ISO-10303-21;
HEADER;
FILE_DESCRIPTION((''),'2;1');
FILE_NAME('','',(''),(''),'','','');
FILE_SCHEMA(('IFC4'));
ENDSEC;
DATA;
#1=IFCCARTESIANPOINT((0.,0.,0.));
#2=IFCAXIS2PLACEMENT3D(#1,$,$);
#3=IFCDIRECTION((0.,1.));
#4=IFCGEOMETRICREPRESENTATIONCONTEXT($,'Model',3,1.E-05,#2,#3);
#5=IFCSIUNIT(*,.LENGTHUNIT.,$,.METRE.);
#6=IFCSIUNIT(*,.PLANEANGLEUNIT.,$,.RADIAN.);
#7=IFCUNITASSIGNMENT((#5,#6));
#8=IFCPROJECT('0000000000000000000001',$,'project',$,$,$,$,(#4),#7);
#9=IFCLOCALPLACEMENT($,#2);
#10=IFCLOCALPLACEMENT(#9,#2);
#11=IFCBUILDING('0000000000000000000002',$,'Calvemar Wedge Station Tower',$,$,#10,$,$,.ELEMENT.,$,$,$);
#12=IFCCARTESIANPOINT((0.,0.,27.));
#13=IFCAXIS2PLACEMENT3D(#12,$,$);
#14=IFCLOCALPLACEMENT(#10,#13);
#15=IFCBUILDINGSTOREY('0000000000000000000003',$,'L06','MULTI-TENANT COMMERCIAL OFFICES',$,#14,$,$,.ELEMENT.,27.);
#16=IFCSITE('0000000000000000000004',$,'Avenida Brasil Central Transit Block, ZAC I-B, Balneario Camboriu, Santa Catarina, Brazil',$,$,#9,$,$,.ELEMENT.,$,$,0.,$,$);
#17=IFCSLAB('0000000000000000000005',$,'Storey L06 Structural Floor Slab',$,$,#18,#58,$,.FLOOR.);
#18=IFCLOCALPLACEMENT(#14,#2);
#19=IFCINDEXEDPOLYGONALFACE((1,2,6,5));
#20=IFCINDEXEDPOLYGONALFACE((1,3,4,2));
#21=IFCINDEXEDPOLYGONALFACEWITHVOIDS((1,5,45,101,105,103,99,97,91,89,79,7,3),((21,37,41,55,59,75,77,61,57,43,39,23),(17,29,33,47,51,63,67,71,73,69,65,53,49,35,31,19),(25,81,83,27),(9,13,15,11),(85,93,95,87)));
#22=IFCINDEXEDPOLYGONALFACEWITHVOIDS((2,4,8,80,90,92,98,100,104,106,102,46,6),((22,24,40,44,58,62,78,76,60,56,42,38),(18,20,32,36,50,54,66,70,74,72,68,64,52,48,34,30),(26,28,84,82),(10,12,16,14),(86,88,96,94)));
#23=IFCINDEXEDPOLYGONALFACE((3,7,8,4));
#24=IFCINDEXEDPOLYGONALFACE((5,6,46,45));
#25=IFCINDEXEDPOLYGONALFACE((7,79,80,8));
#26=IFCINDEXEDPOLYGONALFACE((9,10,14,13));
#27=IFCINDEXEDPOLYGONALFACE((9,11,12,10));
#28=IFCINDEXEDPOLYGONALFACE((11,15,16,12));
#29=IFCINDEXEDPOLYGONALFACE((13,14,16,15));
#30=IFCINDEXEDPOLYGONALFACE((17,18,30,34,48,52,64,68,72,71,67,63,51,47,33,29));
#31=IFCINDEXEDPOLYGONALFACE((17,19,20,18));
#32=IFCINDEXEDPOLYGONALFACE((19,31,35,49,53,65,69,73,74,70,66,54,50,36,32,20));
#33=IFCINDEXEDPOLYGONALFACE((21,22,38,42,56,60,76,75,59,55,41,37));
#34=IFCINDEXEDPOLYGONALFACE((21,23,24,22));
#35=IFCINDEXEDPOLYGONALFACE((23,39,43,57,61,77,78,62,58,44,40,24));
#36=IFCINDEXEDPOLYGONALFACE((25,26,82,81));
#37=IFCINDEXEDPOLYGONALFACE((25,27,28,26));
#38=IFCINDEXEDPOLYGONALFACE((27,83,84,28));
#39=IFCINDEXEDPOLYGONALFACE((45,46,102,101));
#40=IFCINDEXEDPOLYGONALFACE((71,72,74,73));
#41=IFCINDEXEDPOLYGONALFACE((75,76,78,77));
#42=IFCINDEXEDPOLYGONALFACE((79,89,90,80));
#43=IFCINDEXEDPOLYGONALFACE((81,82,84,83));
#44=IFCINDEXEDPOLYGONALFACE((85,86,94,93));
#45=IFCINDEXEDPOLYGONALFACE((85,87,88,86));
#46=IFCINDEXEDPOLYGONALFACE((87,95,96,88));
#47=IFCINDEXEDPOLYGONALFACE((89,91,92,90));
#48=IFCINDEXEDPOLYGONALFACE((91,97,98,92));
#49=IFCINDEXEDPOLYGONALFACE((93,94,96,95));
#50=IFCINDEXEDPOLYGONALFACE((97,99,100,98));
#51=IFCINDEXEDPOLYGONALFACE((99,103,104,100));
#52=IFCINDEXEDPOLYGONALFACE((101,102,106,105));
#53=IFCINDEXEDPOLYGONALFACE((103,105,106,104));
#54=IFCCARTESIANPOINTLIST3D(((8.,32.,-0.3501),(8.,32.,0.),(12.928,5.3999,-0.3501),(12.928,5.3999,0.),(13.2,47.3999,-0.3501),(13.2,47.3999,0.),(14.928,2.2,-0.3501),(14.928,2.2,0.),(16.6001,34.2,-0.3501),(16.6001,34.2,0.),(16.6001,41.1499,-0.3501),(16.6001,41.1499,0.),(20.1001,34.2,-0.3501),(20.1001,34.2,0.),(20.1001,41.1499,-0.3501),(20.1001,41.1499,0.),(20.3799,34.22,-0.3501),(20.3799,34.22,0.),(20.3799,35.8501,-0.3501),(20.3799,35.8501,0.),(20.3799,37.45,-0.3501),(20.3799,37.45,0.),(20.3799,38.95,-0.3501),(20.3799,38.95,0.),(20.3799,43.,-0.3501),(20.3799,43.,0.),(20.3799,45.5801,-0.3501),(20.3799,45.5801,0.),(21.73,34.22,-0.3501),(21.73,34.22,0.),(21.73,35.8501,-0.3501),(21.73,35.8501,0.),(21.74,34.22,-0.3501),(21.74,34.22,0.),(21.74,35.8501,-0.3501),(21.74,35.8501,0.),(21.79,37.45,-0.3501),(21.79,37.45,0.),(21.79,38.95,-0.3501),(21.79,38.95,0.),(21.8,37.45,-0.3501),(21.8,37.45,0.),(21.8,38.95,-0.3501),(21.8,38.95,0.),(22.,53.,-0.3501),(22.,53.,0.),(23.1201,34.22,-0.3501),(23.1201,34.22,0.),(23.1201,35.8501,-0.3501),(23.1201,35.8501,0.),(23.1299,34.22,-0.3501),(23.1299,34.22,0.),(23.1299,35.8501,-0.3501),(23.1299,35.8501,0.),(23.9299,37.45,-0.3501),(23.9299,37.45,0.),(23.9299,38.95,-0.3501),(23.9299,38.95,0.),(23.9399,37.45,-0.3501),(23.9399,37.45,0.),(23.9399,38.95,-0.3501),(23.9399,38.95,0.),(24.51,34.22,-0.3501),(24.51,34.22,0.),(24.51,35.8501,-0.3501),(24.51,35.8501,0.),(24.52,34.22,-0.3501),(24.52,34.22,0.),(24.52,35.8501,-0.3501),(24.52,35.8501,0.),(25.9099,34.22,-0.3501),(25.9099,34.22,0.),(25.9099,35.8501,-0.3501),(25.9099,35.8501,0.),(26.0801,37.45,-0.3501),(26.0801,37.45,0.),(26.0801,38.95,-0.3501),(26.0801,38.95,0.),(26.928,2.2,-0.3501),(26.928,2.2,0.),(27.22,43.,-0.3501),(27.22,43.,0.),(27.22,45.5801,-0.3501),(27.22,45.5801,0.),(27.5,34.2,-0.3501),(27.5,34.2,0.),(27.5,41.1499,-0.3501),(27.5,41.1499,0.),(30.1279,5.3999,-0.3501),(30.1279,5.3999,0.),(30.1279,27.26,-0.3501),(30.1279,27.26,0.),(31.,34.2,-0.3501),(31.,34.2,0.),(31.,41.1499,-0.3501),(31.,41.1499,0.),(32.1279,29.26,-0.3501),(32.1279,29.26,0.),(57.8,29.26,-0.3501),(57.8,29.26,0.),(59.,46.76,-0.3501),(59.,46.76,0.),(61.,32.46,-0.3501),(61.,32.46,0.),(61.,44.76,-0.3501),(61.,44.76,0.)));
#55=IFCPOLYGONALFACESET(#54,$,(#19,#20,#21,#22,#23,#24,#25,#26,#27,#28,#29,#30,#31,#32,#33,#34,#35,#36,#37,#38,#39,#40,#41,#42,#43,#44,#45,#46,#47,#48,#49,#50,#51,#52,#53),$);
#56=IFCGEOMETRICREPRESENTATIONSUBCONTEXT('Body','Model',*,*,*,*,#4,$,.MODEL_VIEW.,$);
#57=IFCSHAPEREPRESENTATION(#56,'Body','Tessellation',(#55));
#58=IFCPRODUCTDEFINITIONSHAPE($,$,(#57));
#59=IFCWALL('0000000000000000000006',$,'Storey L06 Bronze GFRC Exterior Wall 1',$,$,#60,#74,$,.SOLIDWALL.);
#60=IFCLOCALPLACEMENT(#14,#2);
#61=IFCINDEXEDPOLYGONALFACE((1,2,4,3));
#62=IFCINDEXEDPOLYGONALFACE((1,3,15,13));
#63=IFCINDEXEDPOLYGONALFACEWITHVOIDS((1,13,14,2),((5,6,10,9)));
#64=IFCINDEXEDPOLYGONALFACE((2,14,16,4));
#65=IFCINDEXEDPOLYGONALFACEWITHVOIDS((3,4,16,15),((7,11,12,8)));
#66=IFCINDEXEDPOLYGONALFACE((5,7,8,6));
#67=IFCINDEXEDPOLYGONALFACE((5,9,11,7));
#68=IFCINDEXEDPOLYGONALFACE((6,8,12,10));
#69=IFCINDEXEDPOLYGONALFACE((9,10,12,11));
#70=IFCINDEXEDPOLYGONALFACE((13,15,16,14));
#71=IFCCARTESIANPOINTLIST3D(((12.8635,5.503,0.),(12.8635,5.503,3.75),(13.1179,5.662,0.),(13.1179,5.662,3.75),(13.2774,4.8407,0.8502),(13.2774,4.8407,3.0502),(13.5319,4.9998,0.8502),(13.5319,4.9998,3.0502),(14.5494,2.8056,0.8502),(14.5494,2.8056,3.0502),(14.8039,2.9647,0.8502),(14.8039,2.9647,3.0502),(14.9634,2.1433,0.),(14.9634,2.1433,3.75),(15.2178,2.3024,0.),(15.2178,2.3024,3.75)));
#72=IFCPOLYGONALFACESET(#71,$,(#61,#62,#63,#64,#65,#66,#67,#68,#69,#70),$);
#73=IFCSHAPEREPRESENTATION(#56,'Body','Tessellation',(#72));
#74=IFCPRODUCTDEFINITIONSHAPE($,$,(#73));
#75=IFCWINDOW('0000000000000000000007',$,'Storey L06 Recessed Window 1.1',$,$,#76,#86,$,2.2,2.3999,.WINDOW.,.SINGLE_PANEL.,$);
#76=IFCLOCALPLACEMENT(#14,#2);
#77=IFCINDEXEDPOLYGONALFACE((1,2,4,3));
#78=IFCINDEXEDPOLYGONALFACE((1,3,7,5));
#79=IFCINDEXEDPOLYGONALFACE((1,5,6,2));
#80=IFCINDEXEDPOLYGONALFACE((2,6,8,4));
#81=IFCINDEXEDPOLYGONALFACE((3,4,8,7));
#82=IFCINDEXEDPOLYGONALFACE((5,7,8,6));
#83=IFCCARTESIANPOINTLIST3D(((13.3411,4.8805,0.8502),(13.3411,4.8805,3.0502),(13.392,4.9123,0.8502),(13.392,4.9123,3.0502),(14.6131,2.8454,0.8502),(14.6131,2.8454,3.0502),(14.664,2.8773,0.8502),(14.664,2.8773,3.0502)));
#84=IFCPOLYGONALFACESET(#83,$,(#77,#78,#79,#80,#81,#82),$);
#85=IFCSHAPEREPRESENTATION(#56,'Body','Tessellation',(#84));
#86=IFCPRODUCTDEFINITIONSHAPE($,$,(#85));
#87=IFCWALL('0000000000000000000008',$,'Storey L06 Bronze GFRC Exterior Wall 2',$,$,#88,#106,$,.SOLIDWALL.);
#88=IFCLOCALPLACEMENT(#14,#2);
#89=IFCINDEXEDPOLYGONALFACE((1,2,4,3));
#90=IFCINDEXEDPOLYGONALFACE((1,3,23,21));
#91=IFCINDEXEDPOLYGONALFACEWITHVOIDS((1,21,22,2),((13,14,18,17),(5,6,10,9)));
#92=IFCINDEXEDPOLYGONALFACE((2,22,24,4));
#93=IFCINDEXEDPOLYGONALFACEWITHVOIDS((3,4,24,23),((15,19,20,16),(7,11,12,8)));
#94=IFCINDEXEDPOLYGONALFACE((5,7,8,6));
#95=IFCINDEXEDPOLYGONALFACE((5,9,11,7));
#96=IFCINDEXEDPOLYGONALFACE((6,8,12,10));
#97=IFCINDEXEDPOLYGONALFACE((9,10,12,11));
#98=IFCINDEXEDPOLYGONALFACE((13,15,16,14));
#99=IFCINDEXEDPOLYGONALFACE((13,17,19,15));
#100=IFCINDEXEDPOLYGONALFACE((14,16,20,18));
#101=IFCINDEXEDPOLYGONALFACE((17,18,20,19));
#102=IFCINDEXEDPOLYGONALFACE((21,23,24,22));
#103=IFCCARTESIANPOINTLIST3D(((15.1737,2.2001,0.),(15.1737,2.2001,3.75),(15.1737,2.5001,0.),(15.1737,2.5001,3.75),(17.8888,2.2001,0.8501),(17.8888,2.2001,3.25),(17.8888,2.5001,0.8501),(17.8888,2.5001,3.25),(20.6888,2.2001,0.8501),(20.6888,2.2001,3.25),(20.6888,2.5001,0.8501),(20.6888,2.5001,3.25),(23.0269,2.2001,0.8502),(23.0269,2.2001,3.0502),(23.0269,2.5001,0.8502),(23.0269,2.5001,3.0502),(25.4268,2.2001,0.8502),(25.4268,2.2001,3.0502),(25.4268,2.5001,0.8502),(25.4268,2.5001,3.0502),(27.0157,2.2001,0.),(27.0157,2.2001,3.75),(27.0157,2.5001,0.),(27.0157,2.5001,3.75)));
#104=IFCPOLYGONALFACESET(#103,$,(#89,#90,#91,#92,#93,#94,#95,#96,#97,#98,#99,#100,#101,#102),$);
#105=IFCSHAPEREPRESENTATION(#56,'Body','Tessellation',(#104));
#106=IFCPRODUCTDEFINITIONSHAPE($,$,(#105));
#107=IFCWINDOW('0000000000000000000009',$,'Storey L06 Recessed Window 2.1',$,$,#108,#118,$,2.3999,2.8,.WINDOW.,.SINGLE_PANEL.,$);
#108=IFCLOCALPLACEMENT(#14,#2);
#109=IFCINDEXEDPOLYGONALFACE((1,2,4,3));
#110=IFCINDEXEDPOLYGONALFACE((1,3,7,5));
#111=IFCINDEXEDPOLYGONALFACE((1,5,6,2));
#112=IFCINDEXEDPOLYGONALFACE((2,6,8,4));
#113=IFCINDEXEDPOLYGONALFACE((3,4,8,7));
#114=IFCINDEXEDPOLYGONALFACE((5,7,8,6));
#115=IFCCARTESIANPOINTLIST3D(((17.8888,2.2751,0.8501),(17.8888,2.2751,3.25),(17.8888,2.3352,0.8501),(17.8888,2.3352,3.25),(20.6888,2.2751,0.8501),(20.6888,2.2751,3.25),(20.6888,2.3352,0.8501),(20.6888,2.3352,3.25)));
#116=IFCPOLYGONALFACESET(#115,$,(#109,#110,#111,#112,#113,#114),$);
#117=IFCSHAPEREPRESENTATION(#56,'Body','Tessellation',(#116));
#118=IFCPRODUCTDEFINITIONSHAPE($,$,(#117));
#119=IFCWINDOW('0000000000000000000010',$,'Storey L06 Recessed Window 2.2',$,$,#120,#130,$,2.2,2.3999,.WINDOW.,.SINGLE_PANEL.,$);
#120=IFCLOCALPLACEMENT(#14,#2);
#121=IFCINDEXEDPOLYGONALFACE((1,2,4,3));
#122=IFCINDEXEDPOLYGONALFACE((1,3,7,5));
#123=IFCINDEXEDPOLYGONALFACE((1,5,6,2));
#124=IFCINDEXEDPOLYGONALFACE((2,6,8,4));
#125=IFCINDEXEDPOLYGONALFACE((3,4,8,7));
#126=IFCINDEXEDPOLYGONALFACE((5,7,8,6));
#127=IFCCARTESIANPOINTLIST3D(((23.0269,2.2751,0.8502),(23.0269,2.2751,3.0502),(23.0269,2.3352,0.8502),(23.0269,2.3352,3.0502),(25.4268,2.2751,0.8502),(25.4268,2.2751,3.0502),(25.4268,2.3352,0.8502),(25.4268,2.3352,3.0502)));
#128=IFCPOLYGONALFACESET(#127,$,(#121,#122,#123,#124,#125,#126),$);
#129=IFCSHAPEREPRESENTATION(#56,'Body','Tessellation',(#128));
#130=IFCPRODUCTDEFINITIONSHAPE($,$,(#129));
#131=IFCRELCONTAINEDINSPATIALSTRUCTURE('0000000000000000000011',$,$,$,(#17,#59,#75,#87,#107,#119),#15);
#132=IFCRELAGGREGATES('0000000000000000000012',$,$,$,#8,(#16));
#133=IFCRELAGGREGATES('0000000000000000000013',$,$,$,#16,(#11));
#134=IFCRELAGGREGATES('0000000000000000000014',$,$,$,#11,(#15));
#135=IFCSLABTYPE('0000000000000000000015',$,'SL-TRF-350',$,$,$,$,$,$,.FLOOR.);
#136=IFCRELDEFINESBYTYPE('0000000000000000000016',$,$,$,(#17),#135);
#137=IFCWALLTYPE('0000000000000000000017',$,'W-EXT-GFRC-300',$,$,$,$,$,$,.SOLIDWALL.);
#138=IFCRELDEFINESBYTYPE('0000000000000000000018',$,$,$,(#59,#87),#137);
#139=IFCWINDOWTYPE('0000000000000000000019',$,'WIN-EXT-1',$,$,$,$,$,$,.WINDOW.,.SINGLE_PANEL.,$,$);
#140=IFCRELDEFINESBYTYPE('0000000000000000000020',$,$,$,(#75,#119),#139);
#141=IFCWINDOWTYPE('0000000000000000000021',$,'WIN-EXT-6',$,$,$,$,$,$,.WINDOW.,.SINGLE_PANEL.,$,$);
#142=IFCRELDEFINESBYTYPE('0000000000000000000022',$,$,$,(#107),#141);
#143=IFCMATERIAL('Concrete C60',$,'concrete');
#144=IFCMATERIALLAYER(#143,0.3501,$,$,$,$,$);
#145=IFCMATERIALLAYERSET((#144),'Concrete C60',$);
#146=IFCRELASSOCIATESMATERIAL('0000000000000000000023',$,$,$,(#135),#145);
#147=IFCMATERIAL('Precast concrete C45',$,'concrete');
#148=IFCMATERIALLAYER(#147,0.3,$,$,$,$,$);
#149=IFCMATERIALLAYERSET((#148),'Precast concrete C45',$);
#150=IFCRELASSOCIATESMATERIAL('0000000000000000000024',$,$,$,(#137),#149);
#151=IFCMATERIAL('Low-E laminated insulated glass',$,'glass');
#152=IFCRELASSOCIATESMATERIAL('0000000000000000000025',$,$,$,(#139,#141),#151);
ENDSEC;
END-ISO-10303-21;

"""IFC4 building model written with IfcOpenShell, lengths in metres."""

from ifc_helpers import new_model, si_unit, direction, frame, frame_2d, origin, place, context, subcontext, project, spatial, polyline, rectangle, outline, extrude, source, transform, mapped, material, layer, layer_set, type_object, element, fill, save


model = new_model("IFC4")

# Units and contexts
model_context = context("Model", 3, precision=1e-05, world=origin(), true_north=direction((0.0, 1.0)))
body_context = subcontext(model_context, "Body", "Model", "MODEL_VIEW")
ifc_project = project(units=[si_unit("LENGTHUNIT", "METRE"), si_unit("PLANEANGLEUNIT", "RADIAN")], contexts=[model_context])

# Site, building, storey
site_placement = place(None, origin())
site = spatial("IfcSite", under=ifc_project, at=site_placement, Name="Avenida Brasil Central Transit Block, ZAC I-B, Balneario Camboriu, Santa Catarina, Brazil", CompositionType="ELEMENT", RefElevation=0.0)
building_placement = place(site_placement, origin())
building = spatial("IfcBuilding", under=site, at=building_placement, Name="Calvemar Wedge Station Tower", CompositionType="ELEMENT")
storey_placement = place(building_placement, frame((0.0, 0.0, 27.0)))
storey = spatial("IfcBuildingStorey", under=building, at=storey_placement, Name="L06", Description="MULTI-TENANT COMMERCIAL OFFICES", CompositionType="ELEMENT", Elevation=27.0)

# Shared definitions
ifc_material_1 = material(Name="Concrete C60", Category="concrete")

# Slab
ifc_layer_1 = layer(ifc_material_1, 0.3501)
ifc_layer_set_1 = layer_set([ifc_layer_1], Name="Concrete C60")
slab_type_1 = type_object("IfcSlabType", Name="SL-TRF-350", PredefinedType="FLOOR", material=ifc_layer_set_1)
slab_1_placement = place(storey_placement, frame((0.0, 0.0, -0.3501)))
element("IfcSlab", 1, at=slab_1_placement, inside=storey, type_object=slab_type_1, Name="Storey L06 Structural Floor Slab", PredefinedType="FLOOR", context=body_context, shape_type="SweptSolid", body=[
    extrude(outline(polyline([(8.0, 32.0), (12.928, 5.3999), (14.928, 2.2), (26.928, 2.2), (30.1279, 5.3999), (30.1279, 27.26), (32.1279, 29.26), (57.8, 29.26), (61.0, 32.46), (61.0, 44.76), (59.0, 46.76), (22.0, 53.0), (13.2, 47.3999), (8.0, 32.0)]), holes=[polyline([(21.74, 35.8501), (21.73, 35.8501), (20.3799, 35.8501), (20.3799, 34.22), (21.73, 34.22), (21.74, 34.22), (23.1201, 34.22), (23.1299, 34.22), (24.51, 34.22), (24.52, 34.22), (25.9099, 34.22), (25.9099, 35.8501), (24.52, 35.8501), (24.51, 35.8501), (23.1299, 35.8501), (23.1201, 35.8501), (21.74, 35.8501)]), polyline([(16.6001, 41.1499), (16.6001, 34.2), (20.1001, 34.2), (20.1001, 41.1499), (16.6001, 41.1499)]), polyline([(27.5, 34.2), (31.0, 34.2), (31.0, 41.1499), (27.5, 41.1499), (27.5, 34.2)]), polyline([(21.79, 37.45), (21.8, 37.45), (23.9299, 37.45), (23.9399, 37.45), (26.0801, 37.45), (26.0801, 38.95), (23.9399, 38.95), (23.9299, 38.95), (21.8, 38.95), (21.79, 38.95), (20.3799, 38.95), (20.3799, 37.45), (21.79, 37.45)]), polyline([(20.3799, 43.0), (27.22, 43.0), (27.22, 45.5801), (20.3799, 45.5801), (20.3799, 43.0)])]), origin(), (0.0, 0.0, 1.0), 0.3501),
])

# Wall, opening, window
ifc_material_2 = material(Name="Precast concrete C45", Category="concrete")
ifc_layer_2 = layer(ifc_material_2, 0.3)
ifc_layer_set_2 = layer_set([ifc_layer_2], Name="Precast concrete C45")
wall_type_1 = type_object("IfcWallType", Name="W-EXT-GFRC-300", PredefinedType="SOLIDWALL", material=ifc_layer_set_2)
wall_1_placement = place(storey_placement, frame((12.9907, 5.5825, 0.0), z_axis=(0.0, 0.0, 1.0), x_axis=(0.530016, -0.847988, 0.0)))
wall_1 = element("IfcWall", 2, at=wall_1_placement, inside=storey, type_object=wall_type_1, Name="Storey L06 Bronze GFRC Exterior Wall 1", PredefinedType="SOLIDWALL", context=body_context, shape_type="SweptSolid", body=[
    extrude(rectangle(XDim=3.9619, YDim=0.3, at=frame_2d((1.981, 0.0))), origin(), (0.0, 0.0, 1.0), 3.75),
])
shared_shape_1 = source(origin(), body_context, "Body", "SweptSolid", [
    extrude(rectangle(XDim=2.3999, YDim=2.2, at=frame_2d((1.2, 1.1001))), frame((0.0, 0.1602, 0.0), z_axis=(0.0, -1.0, 0.0), x_axis=(1.0, 0.0, 0.0)), (0.0, 0.0, 1.0), 0.3201),
])
opening_1_placement = place(wall_1_placement, frame((0.781, 0.0, 0.8501)))
opening_1 = element("IfcOpeningElement", 3, at=opening_1_placement, cuts=wall_1, PredefinedType="OPENING", context=body_context, shape_type="MappedRepresentation", body=[
    mapped(shared_shape_1, transform((0.0, 0.0, 0.0), scale=1.0)),
])
ifc_material_3 = material(Name="Low-E laminated insulated glass", Category="glass")
window_type_1 = type_object("IfcWindowType", Name="WIN-EXT-1", PartitioningType="SINGLE_PANEL", PredefinedType="WINDOW", material=ifc_material_3)
shared_shape_2 = source(origin(), body_context, "Body", "SweptSolid", [
    extrude(rectangle(XDim=2.3999, YDim=2.2, at=frame_2d((1.2, 1.1001))), frame((0.0, -0.0149, 0.0), z_axis=(0.0, -1.0, 0.0), x_axis=(1.0, 0.0, 0.0)), (0.0, 0.0, 1.0), 0.0601),
])
window_1_placement = place(opening_1_placement, origin())
window_1 = element("IfcWindow", 4, at=window_1_placement, inside=storey, type_object=window_type_1, Name="Storey L06 Recessed Window 1.1", OverallHeight=2.2, OverallWidth=2.3999, PartitioningType="SINGLE_PANEL", PredefinedType="WINDOW", context=body_context, shape_type="MappedRepresentation", body=[
    mapped(shared_shape_2, transform((0.0, 0.0, 0.0), scale=1.0)),
])
fill(opening_1, window_1)

# Wall, openings, windows
wall_2_placement = place(storey_placement, frame((15.1738, 2.3501, 0.0), z_axis=(0.0, 0.0, 1.0), x_axis=(1.0, 0.0, 0.0)))
wall_2 = element("IfcWall", 5, at=wall_2_placement, inside=storey, type_object=wall_type_1, Name="Storey L06 Bronze GFRC Exterior Wall 2", PredefinedType="SOLIDWALL", context=body_context, shape_type="SweptSolid", body=[
    extrude(rectangle(XDim=11.842, YDim=0.3, at=frame_2d((5.9209, 0.0))), origin(), (0.0, 0.0, 1.0), 3.75),
])
shared_shape_3 = source(origin(), body_context, "Body", "SweptSolid", [
    extrude(rectangle(XDim=2.8, YDim=2.3999, at=frame_2d((1.3999, 1.2))), frame((0.0, 0.1602, 0.0), z_axis=(0.0, -1.0, 0.0), x_axis=(1.0, 0.0, 0.0)), (0.0, 0.0, 1.0), 0.3201),
])
opening_2_placement = place(wall_2_placement, frame((2.7151, 0.0, 0.8501)))
opening_2 = element("IfcOpeningElement", 6, at=opening_2_placement, cuts=wall_2, PredefinedType="OPENING", context=body_context, shape_type="MappedRepresentation", body=[
    mapped(shared_shape_3, transform((0.0, 0.0, 0.0), scale=1.0)),
])
opening_3_placement = place(wall_2_placement, frame((7.853, 0.0, 0.8501)))
opening_3 = element("IfcOpeningElement", 7, at=opening_3_placement, cuts=wall_2, PredefinedType="OPENING", context=body_context, shape_type="MappedRepresentation", body=[
    mapped(shared_shape_1, transform((0.0, 0.0, 0.0), scale=1.0)),
])
window_type_2 = type_object("IfcWindowType", Name="WIN-EXT-6", PartitioningType="SINGLE_PANEL", PredefinedType="WINDOW", material=ifc_material_3)
shared_shape_4 = source(origin(), body_context, "Body", "SweptSolid", [
    extrude(rectangle(XDim=2.8, YDim=2.3999, at=frame_2d((1.3999, 1.2))), frame((0.0, -0.0149, 0.0), z_axis=(0.0, -1.0, 0.0), x_axis=(1.0, 0.0, 0.0)), (0.0, 0.0, 1.0), 0.0601),
])
window_2_placement = place(opening_2_placement, origin())
window_2 = element("IfcWindow", 8, at=window_2_placement, inside=storey, type_object=window_type_2, Name="Storey L06 Recessed Window 2.1", OverallHeight=2.3999, OverallWidth=2.8, PartitioningType="SINGLE_PANEL", PredefinedType="WINDOW", context=body_context, shape_type="MappedRepresentation", body=[
    mapped(shared_shape_4, transform((0.0, 0.0, 0.0), scale=1.0)),
])
fill(opening_2, window_2)
window_3_placement = place(opening_3_placement, origin())
window_3 = element("IfcWindow", 9, at=window_3_placement, inside=storey, type_object=window_type_1, Name="Storey L06 Recessed Window 2.2", OverallHeight=2.2, OverallWidth=2.3999, PartitioningType="SINGLE_PANEL", PredefinedType="WINDOW", context=body_context, shape_type="MappedRepresentation", body=[
    mapped(shared_shape_2, transform((0.0, 0.0, 0.0), scale=1.0)),
])
fill(opening_3, window_3)

save(model, "model.ifc")
